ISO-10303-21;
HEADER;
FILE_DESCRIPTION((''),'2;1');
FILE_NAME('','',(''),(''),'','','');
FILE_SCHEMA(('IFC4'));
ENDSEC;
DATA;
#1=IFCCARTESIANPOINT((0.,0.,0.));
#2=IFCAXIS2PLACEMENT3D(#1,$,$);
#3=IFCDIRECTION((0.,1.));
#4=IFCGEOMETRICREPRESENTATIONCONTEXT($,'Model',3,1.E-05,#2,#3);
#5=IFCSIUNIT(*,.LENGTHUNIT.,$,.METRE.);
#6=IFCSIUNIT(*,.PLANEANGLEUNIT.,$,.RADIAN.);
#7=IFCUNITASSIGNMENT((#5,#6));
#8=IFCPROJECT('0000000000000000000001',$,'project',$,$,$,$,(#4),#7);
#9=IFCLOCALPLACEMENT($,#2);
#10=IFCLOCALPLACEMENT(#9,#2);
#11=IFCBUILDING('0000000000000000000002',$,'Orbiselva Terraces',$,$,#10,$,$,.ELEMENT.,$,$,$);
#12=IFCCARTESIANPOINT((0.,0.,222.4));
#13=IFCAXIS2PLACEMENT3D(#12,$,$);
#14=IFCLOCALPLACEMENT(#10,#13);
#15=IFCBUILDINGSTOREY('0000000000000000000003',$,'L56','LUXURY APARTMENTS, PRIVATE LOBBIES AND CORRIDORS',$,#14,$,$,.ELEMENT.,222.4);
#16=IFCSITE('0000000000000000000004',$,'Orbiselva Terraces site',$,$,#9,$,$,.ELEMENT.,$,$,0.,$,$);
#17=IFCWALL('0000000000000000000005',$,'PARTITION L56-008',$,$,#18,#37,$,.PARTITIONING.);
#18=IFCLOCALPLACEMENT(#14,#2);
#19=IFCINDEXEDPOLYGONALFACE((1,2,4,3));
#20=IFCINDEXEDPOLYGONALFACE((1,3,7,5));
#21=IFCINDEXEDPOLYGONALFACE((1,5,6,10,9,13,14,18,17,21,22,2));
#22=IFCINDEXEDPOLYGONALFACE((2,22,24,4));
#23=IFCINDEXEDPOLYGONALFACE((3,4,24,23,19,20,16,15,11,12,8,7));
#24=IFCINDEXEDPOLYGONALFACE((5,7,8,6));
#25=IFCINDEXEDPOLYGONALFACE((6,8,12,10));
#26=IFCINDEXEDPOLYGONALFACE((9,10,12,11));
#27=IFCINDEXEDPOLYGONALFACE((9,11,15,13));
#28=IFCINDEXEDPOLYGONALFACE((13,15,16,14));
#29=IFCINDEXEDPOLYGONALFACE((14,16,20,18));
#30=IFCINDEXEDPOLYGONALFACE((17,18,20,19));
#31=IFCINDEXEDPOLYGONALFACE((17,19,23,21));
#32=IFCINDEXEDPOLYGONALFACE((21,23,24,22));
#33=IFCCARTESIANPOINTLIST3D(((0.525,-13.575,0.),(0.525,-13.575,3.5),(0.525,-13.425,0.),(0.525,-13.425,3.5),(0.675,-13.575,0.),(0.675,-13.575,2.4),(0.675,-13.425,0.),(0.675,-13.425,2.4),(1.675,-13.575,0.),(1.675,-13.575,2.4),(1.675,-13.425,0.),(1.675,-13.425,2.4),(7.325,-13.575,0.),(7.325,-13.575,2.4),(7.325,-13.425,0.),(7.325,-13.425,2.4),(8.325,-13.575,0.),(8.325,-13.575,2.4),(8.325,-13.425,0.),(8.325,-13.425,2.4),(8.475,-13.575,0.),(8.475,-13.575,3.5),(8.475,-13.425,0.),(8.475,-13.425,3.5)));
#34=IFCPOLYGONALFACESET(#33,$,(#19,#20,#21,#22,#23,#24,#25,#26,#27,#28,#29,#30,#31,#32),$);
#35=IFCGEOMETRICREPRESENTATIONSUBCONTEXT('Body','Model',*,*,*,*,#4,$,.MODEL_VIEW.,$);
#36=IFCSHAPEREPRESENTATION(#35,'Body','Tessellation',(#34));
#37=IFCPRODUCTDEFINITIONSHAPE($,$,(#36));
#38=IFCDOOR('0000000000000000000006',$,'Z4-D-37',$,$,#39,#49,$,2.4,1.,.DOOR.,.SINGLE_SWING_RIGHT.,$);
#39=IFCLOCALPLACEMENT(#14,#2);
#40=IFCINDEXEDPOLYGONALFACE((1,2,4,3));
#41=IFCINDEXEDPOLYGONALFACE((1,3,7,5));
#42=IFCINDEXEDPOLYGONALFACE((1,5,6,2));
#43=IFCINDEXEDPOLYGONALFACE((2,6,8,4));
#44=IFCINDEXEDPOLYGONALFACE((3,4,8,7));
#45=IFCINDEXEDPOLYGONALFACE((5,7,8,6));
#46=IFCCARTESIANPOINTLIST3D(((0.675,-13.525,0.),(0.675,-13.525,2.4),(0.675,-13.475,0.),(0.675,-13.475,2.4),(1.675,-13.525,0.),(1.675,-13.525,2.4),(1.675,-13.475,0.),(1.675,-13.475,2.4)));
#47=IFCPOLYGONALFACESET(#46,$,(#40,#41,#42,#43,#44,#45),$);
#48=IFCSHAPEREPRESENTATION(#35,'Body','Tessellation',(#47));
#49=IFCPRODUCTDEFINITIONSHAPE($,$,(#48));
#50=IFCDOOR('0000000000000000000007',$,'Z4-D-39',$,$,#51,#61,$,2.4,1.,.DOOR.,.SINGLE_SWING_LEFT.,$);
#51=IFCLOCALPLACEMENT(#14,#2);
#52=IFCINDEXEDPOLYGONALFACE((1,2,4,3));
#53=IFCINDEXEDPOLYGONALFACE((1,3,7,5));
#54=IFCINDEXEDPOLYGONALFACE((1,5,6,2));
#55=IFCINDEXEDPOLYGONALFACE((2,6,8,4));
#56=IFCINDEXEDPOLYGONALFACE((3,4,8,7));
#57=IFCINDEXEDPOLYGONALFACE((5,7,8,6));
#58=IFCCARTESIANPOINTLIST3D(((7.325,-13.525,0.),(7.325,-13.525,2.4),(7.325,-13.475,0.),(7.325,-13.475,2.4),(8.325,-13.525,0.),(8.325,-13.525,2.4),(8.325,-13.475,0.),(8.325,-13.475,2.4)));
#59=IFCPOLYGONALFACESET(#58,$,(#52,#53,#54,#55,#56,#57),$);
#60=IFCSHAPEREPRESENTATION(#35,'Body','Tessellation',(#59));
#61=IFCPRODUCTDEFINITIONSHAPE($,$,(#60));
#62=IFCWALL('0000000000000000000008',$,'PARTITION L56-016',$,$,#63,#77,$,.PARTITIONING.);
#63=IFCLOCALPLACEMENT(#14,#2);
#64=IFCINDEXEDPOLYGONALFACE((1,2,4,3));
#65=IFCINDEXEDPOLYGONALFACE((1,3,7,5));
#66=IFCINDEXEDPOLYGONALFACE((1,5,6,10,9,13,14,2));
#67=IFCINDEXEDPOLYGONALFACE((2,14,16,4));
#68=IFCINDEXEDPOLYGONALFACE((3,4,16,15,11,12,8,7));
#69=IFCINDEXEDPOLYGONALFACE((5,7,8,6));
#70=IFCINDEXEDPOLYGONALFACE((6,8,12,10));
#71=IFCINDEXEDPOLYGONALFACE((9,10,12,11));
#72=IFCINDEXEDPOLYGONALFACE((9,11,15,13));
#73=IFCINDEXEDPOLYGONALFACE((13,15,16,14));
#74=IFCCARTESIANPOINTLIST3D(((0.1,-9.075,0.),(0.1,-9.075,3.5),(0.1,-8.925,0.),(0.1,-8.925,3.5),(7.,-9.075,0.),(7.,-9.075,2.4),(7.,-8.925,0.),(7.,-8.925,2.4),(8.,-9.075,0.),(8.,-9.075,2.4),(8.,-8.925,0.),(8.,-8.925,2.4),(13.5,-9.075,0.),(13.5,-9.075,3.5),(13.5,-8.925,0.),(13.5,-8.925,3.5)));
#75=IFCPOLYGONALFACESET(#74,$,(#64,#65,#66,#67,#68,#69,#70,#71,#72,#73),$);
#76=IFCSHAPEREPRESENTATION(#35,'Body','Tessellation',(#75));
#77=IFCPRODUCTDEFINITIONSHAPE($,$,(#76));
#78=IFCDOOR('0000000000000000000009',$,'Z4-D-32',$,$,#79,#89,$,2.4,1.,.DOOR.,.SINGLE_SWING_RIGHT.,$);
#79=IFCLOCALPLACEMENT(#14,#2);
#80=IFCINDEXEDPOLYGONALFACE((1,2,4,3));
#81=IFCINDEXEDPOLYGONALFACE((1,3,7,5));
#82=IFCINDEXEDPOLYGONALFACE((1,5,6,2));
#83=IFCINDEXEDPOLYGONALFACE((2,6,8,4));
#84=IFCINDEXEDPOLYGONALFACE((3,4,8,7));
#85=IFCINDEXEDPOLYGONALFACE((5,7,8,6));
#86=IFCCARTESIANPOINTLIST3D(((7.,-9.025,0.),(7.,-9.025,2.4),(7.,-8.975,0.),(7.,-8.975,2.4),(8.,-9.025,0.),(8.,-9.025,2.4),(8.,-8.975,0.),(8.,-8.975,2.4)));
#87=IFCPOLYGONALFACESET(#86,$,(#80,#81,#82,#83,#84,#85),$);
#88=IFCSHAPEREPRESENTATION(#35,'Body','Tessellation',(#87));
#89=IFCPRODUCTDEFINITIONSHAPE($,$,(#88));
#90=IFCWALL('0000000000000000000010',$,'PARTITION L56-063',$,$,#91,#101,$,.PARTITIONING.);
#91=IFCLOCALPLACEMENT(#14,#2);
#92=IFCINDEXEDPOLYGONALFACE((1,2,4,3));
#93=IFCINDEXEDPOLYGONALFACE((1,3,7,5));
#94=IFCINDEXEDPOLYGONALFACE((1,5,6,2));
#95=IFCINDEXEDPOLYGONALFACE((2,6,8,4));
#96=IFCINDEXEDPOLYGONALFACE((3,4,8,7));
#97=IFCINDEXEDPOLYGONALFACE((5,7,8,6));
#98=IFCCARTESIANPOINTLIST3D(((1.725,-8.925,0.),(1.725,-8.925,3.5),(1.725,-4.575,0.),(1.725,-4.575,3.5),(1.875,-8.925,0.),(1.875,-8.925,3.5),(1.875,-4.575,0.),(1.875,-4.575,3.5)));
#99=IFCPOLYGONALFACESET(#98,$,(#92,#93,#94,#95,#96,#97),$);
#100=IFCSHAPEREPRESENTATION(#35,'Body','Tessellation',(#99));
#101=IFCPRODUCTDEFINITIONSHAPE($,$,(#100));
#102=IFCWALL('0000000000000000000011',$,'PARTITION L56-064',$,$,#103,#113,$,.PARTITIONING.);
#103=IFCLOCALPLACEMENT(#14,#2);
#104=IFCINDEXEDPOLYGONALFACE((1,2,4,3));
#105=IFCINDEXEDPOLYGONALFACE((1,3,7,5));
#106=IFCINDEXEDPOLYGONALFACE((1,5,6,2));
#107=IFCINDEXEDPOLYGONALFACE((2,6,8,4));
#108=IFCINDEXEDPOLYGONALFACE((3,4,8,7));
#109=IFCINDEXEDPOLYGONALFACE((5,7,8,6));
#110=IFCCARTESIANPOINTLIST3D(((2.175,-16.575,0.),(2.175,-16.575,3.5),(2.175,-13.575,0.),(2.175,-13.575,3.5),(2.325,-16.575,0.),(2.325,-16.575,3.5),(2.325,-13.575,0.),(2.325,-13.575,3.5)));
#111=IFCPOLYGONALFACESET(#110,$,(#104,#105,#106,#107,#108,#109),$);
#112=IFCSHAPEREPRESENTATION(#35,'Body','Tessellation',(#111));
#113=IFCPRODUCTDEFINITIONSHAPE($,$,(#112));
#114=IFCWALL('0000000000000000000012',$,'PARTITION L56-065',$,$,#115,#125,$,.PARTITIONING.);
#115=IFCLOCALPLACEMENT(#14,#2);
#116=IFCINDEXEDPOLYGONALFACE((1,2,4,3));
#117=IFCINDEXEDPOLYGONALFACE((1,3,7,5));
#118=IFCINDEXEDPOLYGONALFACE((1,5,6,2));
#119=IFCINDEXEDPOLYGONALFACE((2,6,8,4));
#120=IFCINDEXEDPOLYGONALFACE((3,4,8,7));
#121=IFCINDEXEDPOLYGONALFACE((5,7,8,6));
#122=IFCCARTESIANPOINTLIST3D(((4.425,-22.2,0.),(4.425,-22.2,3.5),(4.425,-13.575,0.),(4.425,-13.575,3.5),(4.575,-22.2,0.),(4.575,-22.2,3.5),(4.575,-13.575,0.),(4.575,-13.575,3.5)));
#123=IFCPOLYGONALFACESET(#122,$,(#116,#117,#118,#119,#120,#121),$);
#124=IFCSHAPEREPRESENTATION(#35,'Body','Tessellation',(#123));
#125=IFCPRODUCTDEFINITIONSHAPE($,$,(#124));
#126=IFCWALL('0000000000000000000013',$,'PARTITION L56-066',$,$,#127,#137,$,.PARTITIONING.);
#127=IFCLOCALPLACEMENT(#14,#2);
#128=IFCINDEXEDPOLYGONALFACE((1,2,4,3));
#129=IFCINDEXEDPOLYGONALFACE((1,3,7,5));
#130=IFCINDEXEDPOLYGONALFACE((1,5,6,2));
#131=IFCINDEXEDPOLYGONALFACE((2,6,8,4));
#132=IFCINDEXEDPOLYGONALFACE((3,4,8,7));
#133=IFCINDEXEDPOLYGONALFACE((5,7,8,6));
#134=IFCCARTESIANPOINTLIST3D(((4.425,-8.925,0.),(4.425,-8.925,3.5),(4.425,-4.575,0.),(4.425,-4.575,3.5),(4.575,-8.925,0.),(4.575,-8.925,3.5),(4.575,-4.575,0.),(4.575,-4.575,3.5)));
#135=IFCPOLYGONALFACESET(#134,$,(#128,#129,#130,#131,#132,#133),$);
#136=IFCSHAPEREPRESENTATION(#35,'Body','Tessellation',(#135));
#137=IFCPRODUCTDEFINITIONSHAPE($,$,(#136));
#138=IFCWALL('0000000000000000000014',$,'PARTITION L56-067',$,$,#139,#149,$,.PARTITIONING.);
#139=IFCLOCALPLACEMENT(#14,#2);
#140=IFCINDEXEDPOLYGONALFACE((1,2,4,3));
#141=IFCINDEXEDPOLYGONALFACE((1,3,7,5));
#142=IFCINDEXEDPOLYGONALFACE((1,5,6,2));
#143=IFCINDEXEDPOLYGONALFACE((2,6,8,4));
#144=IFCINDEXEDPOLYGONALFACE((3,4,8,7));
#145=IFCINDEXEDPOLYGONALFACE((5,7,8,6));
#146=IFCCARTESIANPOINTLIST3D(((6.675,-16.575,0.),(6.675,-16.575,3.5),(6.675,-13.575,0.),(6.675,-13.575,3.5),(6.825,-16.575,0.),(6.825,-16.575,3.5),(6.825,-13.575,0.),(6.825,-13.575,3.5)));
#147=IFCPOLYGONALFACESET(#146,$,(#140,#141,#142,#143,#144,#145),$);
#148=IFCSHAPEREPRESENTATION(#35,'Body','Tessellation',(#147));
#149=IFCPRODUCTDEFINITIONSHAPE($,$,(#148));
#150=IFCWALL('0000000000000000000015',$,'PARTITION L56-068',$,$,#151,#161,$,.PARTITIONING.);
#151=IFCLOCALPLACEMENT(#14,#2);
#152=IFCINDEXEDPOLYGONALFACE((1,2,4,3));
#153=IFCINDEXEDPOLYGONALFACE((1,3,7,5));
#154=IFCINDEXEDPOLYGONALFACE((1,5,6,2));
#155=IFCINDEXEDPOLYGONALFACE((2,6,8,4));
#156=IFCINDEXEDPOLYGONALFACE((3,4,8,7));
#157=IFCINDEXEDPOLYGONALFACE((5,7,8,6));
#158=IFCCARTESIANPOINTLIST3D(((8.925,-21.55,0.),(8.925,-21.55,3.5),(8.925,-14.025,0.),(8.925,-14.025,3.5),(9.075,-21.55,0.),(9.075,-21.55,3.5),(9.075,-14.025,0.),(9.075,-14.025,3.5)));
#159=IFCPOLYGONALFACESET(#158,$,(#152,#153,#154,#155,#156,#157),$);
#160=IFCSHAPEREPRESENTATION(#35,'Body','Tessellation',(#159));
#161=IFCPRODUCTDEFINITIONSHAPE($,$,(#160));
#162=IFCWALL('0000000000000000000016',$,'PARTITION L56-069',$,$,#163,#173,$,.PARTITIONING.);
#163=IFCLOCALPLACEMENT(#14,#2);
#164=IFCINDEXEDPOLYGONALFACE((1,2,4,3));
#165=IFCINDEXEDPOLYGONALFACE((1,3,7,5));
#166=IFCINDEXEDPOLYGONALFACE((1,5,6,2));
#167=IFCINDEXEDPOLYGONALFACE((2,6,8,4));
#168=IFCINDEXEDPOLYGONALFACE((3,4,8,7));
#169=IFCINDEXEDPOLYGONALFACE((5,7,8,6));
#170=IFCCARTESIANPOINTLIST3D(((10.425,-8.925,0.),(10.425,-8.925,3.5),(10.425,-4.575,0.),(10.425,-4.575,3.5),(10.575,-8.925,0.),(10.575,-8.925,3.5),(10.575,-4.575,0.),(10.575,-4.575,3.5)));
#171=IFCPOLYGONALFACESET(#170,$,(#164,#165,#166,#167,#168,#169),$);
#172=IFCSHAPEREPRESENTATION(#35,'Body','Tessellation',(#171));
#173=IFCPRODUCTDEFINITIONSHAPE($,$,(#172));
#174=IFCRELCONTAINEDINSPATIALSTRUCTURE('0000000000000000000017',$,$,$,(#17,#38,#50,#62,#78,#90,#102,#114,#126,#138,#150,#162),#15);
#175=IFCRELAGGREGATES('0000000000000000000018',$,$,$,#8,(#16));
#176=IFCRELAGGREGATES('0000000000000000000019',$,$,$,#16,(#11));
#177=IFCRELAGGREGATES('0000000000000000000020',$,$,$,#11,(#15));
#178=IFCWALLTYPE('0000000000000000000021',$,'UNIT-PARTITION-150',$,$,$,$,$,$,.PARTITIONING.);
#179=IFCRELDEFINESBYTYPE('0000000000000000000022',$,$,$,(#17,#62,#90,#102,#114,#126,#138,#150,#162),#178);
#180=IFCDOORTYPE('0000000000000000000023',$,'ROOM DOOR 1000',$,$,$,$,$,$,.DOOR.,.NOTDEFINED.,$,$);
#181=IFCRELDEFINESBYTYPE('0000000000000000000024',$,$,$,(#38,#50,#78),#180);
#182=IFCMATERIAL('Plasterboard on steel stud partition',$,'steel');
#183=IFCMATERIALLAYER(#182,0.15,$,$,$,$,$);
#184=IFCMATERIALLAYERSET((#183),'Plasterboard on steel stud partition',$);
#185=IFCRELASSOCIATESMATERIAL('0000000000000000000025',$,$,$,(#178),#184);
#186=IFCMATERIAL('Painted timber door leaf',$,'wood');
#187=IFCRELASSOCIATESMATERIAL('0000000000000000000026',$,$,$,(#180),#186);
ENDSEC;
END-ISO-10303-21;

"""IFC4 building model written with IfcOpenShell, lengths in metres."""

from ifc_helpers import new_model, si_unit, direction, frame, frame_2d, origin, place, context, subcontext, project, spatial, rectangle, extrude, material, layer, layer_set, type_object, element, fill, save


model = new_model("IFC4")

# Units and contexts
model_context = context("Model", 3, precision=1e-05, world=origin(), true_north=direction((0.0, 1.0)))
body_context = subcontext(model_context, "Body", "Model", "MODEL_VIEW")
ifc_project = project(units=[si_unit("LENGTHUNIT", "METRE"), si_unit("PLANEANGLEUNIT", "RADIAN")], contexts=[model_context])

# Site, building, storey
site_placement = place(None, origin())
site = spatial("IfcSite", under=ifc_project, at=site_placement, Name="Orbiselva Terraces site", CompositionType="ELEMENT", RefElevation=0.0)
building_placement = place(site_placement, origin())
building = spatial("IfcBuilding", under=site, at=building_placement, Name="Orbiselva Terraces", CompositionType="ELEMENT")
storey_placement = place(building_placement, frame((0.0, 0.0, 222.4)))
storey = spatial("IfcBuildingStorey", under=building, at=storey_placement, Name="L56", Description="LUXURY APARTMENTS, PRIVATE LOBBIES AND CORRIDORS", CompositionType="ELEMENT", Elevation=222.4)

# Shared definitions
ifc_material_1 = material(Name="Plasterboard on steel stud partition", Category="steel")

# Shared definitions
ifc_layer_1 = layer(ifc_material_1, 0.15)
ifc_layer_set_1 = layer_set([ifc_layer_1], Name="Plasterboard on steel stud partition")
wall_type_1 = type_object("IfcWallType", Name="UNIT-PARTITION-150", PredefinedType="PARTITIONING", material=ifc_layer_set_1)
ifc_material_2 = material(Name="Painted timber door leaf", Category="wood")

# Wall, openings, doors
wall_1_placement = place(storey_placement, frame((8.475, -13.5, 0.0), z_axis=(0.0, 0.0, 1.0), x_axis=(-1.0, 0.0, 0.0)))
wall_1 = element("IfcWall", 1, at=wall_1_placement, inside=storey, type_object=wall_type_1, Name="PARTITION L56-008", PredefinedType="PARTITIONING", context=body_context, shape_type="SweptSolid", body=[
    extrude(rectangle(XDim=7.95, YDim=0.15, at=frame_2d((3.975, 0.0))), origin(), (0.0, 0.0, 1.0), 3.5),
])
opening_1_placement = place(wall_1_placement, frame((6.8, 0.0, 0.0)))
opening_1 = element("IfcOpeningElement", 2, at=opening_1_placement, cuts=wall_1, PredefinedType="OPENING", context=body_context, shape_type="SweptSolid", body=[
    extrude(rectangle(XDim=1.0, YDim=2.4, at=frame_2d((0.5, 1.2))), frame((0.0, 0.085, 0.0), z_axis=(0.0, -1.0, 0.0), x_axis=(1.0, 0.0, 0.0)), (0.0, 0.0, 1.0), 0.17),
])
opening_2_placement = place(wall_1_placement, frame((0.15, 0.0, 0.0)))
opening_2 = element("IfcOpeningElement", 3, at=opening_2_placement, cuts=wall_1, PredefinedType="OPENING", context=body_context, shape_type="SweptSolid", body=[
    extrude(rectangle(XDim=1.0, YDim=2.4, at=frame_2d((0.5, 1.2))), frame((0.0, 0.085, 0.0), z_axis=(0.0, -1.0, 0.0), x_axis=(1.0, 0.0, 0.0)), (0.0, 0.0, 1.0), 0.17),
])
door_type_1 = type_object("IfcDoorType", Name="ROOM DOOR 1000", OperationType="NOTDEFINED", PredefinedType="DOOR", material=ifc_material_2)
door_1_placement = place(opening_1_placement, origin())
door_1 = element("IfcDoor", 4, at=door_1_placement, inside=storey, type_object=door_type_1, Name="Z4-D-37", OperationType="SINGLE_SWING_RIGHT", OverallHeight=2.4, OverallWidth=1.0, PredefinedType="DOOR", context=body_context, shape_type="SweptSolid", body=[
    extrude(rectangle(XDim=1.0, YDim=2.4, at=frame_2d((0.5, 1.2))), frame((0.0, 0.025, 0.0), z_axis=(0.0, -1.0, 0.0), x_axis=(1.0, 0.0, 0.0)), (0.0, 0.0, 1.0), 0.05),
])
fill(opening_1, door_1)
door_2_placement = place(opening_2_placement, origin())
door_2 = element("IfcDoor", 5, at=door_2_placement, inside=storey, type_object=door_type_1, Name="Z4-D-39", OperationType="SINGLE_SWING_LEFT", OverallHeight=2.4, OverallWidth=1.0, PredefinedType="DOOR", context=body_context, shape_type="SweptSolid", body=[
    extrude(rectangle(XDim=1.0, YDim=2.4, at=frame_2d((0.5, 1.2))), frame((0.0, 0.025, 0.0), z_axis=(0.0, -1.0, 0.0), x_axis=(1.0, 0.0, 0.0)), (0.0, 0.0, 1.0), 0.05),
])
fill(opening_2, door_2)

# Wall, opening, door
wall_2_placement = place(storey_placement, frame((0.1, -9.0, 0.0), z_axis=(0.0, 0.0, 1.0), x_axis=(1.0, 0.0, 0.0)))
wall_2 = element("IfcWall", 6, at=wall_2_placement, inside=storey, type_object=wall_type_1, Name="PARTITION L56-016", PredefinedType="PARTITIONING", context=body_context, shape_type="SweptSolid", body=[
    extrude(rectangle(XDim=13.4, YDim=0.15, at=frame_2d((6.7, 0.0))), origin(), (0.0, 0.0, 1.0), 3.5),
])
opening_3_placement = place(wall_2_placement, frame((6.9, 0.0, 0.0)))
opening_3 = element("IfcOpeningElement", 7, at=opening_3_placement, cuts=wall_2, PredefinedType="OPENING", context=body_context, shape_type="SweptSolid", body=[
    extrude(rectangle(XDim=1.0, YDim=2.4, at=frame_2d((0.5, 1.2))), frame((0.0, 0.085, 0.0), z_axis=(0.0, -1.0, 0.0), x_axis=(1.0, 0.0, 0.0)), (0.0, 0.0, 1.0), 0.17),
])
door_3_placement = place(opening_3_placement, origin())
door_3 = element("IfcDoor", 8, at=door_3_placement, inside=storey, type_object=door_type_1, Name="Z4-D-32", OperationType="SINGLE_SWING_RIGHT", OverallHeight=2.4, OverallWidth=1.0, PredefinedType="DOOR", context=body_context, shape_type="SweptSolid", body=[
    extrude(rectangle(XDim=1.0, YDim=2.4, at=frame_2d((0.5, 1.2))), frame((0.0, 0.025, 0.0), z_axis=(0.0, -1.0, 0.0), x_axis=(1.0, 0.0, 0.0)), (0.0, 0.0, 1.0), 0.05),
])
fill(opening_3, door_3)

# Walls
wall_3_placement = place(storey_placement, frame((1.8, -8.925, 0.0), z_axis=(0.0, 0.0, 1.0), x_axis=(0.0, 1.0, 0.0)))
element("IfcWall", 9, at=wall_3_placement, inside=storey, type_object=wall_type_1, Name="PARTITION L56-063", PredefinedType="PARTITIONING", context=body_context, shape_type="SweptSolid", body=[
    extrude(rectangle(XDim=4.35, YDim=0.15, at=frame_2d((2.175, 0.0))), origin(), (0.0, 0.0, 1.0), 3.5),
])
wall_4_placement = place(storey_placement, frame((2.25, -16.575, 0.0), z_axis=(0.0, 0.0, 1.0), x_axis=(0.0, 1.0, 0.0)))
element("IfcWall", 10, at=wall_4_placement, inside=storey, type_object=wall_type_1, Name="PARTITION L56-064", PredefinedType="PARTITIONING", context=body_context, shape_type="SweptSolid", body=[
    extrude(rectangle(XDim=3.0, YDim=0.15, at=frame_2d((1.5, 0.0))), origin(), (0.0, 0.0, 1.0), 3.5),
])
wall_5_placement = place(storey_placement, frame((4.5, -22.2, 0.0), z_axis=(0.0, 0.0, 1.0), x_axis=(0.0, 1.0, 0.0)))
element("IfcWall", 11, at=wall_5_placement, inside=storey, type_object=wall_type_1, Name="PARTITION L56-065", PredefinedType="PARTITIONING", context=body_context, shape_type="SweptSolid", body=[
    extrude(rectangle(XDim=8.625, YDim=0.15, at=frame_2d((4.3125, 0.0))), origin(), (0.0, 0.0, 1.0), 3.5),
])
wall_6_placement = place(storey_placement, frame((4.5, -8.925, 0.0), z_axis=(0.0, 0.0, 1.0), x_axis=(0.0, 1.0, 0.0)))
element("IfcWall", 12, at=wall_6_placement, inside=storey, type_object=wall_type_1, Name="PARTITION L56-066", PredefinedType="PARTITIONING", context=body_context, shape_type="SweptSolid", body=[
    extrude(rectangle(XDim=4.35, YDim=0.15, at=frame_2d((2.175, 0.0))), origin(), (0.0, 0.0, 1.0), 3.5),
])
wall_7_placement = place(storey_placement, frame((6.75, -16.575, 0.0), z_axis=(0.0, 0.0, 1.0), x_axis=(0.0, 1.0, 0.0)))
element("IfcWall", 13, at=wall_7_placement, inside=storey, type_object=wall_type_1, Name="PARTITION L56-067", PredefinedType="PARTITIONING", context=body_context, shape_type="SweptSolid", body=[
    extrude(rectangle(XDim=3.0, YDim=0.15, at=frame_2d((1.5, 0.0))), origin(), (0.0, 0.0, 1.0), 3.5),
])
wall_8_placement = place(storey_placement, frame((9.0, -21.55, 0.0), z_axis=(0.0, 0.0, 1.0), x_axis=(0.0, 1.0, 0.0)))
element("IfcWall", 14, at=wall_8_placement, inside=storey, type_object=wall_type_1, Name="PARTITION L56-068", PredefinedType="PARTITIONING", context=body_context, shape_type="SweptSolid", body=[
    extrude(rectangle(XDim=7.525, YDim=0.15, at=frame_2d((3.7625, 0.0))), origin(), (0.0, 0.0, 1.0), 3.5),
])
wall_9_placement = place(storey_placement, frame((10.5, -8.925, 0.0), z_axis=(0.0, 0.0, 1.0), x_axis=(0.0, 1.0, 0.0)))
element("IfcWall", 15, at=wall_9_placement, inside=storey, type_object=wall_type_1, Name="PARTITION L56-069", PredefinedType="PARTITIONING", context=body_context, shape_type="SweptSolid", body=[
    extrude(rectangle(XDim=4.35, YDim=0.15, at=frame_2d((2.175, 0.0))), origin(), (0.0, 0.0, 1.0), 3.5),
])

save(model, "model.ifc")
